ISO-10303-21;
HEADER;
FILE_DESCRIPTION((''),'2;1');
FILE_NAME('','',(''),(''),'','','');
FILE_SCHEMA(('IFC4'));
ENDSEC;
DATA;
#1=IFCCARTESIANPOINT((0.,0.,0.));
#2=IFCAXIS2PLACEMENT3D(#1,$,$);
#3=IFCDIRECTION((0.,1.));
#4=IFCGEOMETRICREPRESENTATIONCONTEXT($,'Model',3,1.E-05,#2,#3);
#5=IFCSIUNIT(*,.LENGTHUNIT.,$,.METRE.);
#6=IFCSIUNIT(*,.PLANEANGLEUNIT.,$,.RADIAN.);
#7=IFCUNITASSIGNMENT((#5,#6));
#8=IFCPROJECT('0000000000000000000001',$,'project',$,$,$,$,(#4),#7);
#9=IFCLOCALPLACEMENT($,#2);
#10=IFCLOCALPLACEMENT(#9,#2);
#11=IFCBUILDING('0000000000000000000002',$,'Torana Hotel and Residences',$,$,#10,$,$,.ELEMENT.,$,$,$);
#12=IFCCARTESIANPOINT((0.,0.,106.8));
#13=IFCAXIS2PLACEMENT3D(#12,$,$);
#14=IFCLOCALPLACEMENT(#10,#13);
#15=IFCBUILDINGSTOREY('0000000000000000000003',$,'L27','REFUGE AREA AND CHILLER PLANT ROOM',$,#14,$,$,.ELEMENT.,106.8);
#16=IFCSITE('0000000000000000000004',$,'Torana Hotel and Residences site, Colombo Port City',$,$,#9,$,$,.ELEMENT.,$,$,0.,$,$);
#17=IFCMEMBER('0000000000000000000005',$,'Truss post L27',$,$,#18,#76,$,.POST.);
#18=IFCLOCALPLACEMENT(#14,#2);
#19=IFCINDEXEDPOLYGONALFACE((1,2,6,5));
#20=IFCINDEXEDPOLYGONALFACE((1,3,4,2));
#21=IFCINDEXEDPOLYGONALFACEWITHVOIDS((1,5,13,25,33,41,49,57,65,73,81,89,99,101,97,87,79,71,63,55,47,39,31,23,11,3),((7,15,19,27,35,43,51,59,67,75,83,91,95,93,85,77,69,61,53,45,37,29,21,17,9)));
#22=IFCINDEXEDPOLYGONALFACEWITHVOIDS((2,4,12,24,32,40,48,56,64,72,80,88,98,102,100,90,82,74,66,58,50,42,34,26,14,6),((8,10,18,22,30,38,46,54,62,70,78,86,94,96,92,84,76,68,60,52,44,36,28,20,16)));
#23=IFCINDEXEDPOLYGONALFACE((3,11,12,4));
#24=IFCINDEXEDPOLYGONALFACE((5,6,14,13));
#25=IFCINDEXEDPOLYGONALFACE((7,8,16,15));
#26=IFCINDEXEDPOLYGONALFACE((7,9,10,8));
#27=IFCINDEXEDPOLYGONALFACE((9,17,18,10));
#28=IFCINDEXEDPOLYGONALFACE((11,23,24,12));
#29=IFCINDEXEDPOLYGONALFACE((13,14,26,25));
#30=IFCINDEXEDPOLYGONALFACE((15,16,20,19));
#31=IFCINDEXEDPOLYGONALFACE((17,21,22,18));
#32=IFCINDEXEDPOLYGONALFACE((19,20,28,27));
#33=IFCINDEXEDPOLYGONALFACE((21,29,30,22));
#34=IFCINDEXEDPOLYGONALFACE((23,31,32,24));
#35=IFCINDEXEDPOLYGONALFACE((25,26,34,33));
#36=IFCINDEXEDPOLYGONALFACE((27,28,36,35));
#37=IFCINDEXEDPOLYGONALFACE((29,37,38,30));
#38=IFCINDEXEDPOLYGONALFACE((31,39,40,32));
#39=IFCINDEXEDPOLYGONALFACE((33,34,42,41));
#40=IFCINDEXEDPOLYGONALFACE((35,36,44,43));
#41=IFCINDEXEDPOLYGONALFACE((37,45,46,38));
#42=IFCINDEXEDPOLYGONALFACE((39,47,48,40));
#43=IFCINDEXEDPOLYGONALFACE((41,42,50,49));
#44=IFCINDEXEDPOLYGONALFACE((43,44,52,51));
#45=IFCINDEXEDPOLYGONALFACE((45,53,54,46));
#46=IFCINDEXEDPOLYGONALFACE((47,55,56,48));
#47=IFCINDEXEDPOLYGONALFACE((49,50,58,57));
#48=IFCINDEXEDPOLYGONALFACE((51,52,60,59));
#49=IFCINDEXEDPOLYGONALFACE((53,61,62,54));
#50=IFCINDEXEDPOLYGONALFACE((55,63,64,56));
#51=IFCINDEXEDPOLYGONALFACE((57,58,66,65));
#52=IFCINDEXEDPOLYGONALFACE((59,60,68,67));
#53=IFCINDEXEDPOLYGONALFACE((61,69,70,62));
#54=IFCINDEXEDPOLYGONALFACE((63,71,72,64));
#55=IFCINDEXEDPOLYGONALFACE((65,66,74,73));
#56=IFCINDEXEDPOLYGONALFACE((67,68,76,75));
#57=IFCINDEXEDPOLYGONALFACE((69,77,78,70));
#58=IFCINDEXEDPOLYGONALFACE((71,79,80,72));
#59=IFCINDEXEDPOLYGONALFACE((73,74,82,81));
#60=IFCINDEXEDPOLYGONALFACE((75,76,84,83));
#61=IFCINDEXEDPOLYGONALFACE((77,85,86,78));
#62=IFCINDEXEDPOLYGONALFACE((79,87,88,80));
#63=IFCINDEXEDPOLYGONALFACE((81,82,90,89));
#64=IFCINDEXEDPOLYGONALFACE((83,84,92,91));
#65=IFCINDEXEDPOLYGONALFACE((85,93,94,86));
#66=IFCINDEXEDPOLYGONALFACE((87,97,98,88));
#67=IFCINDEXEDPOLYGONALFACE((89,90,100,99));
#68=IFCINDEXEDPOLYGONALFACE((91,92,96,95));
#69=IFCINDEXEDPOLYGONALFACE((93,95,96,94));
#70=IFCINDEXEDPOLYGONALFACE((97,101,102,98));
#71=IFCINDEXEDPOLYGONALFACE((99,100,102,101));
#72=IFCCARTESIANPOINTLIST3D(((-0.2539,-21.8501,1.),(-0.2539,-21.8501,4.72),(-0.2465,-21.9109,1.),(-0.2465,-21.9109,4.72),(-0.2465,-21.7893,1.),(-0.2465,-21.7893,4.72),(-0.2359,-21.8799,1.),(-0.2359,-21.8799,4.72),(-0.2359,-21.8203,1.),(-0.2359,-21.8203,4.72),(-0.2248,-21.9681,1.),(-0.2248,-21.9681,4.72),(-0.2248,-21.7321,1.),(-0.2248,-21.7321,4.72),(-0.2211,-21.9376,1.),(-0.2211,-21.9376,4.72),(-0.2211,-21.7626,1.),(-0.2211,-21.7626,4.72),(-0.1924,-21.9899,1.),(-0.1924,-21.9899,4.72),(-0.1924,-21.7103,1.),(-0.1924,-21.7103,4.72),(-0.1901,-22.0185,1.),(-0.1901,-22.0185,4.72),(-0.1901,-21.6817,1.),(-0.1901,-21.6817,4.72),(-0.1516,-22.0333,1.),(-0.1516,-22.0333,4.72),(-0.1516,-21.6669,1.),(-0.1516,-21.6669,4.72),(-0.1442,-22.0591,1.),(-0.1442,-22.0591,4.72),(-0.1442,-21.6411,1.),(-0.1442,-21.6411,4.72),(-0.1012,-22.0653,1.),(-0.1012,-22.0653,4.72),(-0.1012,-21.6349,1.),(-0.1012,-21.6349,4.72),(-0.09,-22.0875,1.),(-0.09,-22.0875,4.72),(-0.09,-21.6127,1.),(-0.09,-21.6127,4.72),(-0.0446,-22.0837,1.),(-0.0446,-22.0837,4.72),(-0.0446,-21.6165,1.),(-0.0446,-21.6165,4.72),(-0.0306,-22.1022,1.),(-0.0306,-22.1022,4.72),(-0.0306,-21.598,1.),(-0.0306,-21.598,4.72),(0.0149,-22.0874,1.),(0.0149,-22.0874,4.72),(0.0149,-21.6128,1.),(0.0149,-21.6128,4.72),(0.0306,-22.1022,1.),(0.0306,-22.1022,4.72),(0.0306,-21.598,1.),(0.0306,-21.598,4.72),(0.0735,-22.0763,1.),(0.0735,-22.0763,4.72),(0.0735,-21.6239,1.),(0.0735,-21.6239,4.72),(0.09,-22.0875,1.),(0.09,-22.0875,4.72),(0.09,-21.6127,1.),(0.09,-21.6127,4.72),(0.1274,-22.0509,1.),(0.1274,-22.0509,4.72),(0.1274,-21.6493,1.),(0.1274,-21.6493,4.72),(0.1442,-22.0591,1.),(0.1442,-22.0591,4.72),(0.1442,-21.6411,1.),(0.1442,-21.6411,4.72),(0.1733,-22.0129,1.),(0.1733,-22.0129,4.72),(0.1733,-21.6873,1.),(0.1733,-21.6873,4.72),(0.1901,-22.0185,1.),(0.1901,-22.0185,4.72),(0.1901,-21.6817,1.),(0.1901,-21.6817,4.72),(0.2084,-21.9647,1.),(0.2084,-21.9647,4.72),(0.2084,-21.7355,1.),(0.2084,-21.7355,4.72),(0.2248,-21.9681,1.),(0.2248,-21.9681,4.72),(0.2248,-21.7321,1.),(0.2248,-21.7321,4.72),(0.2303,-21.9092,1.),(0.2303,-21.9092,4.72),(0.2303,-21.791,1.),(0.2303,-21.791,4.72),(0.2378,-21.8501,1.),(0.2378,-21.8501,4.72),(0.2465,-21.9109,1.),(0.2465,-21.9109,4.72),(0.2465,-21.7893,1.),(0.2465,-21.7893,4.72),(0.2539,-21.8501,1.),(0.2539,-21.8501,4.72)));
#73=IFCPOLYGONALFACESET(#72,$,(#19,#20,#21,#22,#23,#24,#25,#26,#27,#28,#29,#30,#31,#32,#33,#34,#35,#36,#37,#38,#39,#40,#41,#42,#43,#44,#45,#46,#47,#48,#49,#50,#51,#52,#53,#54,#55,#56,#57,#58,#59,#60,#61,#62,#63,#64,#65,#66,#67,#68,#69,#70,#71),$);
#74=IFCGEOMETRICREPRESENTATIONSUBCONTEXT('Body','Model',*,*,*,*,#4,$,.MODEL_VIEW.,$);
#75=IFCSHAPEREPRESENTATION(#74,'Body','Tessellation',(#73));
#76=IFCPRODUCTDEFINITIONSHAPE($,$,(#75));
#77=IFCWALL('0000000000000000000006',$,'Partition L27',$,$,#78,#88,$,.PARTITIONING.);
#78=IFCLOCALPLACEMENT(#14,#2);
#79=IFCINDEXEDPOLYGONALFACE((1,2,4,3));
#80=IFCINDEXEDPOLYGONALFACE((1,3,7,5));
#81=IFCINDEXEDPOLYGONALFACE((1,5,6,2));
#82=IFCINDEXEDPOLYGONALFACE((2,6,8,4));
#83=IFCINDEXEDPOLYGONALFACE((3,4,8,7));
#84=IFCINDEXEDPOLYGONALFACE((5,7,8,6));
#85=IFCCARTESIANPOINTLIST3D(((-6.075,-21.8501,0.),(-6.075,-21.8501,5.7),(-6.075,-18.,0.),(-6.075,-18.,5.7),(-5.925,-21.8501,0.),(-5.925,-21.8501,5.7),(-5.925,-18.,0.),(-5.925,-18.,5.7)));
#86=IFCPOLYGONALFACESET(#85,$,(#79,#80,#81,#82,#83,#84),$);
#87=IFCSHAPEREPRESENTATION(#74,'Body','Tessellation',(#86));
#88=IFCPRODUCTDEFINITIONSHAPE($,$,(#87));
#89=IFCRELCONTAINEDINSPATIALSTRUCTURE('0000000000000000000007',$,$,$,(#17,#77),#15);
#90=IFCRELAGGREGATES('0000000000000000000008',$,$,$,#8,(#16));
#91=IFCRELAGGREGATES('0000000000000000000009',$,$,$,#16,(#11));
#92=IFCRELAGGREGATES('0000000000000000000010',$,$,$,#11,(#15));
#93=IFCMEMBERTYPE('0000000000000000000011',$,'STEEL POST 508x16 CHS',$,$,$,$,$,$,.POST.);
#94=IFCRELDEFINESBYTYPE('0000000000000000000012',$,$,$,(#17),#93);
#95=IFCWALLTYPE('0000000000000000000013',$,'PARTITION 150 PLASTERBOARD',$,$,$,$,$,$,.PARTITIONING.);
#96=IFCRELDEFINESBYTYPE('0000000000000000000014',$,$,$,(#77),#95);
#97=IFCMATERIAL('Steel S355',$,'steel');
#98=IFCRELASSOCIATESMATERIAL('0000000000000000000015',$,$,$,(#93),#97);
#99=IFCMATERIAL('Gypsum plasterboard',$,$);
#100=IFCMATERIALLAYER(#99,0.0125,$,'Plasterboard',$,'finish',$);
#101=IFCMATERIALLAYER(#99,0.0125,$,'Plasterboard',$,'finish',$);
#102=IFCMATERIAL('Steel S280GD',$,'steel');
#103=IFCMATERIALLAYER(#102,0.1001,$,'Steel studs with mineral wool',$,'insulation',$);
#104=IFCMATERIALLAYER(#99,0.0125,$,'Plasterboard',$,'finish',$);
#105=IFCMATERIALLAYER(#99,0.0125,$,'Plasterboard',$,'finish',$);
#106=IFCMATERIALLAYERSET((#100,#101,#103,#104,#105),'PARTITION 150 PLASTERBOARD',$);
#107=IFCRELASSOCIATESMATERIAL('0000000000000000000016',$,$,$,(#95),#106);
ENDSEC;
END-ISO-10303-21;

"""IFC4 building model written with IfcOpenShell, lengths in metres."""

from ifc_helpers import new_model, si_unit, direction, frame, frame_2d, origin, origin_2d, place, context, subcontext, project, spatial, rectangle, hollow_circle, extrude, material, layer, layer_set, material_profile, profile_set, type_object, element, save


model = new_model("IFC4")

# Units and contexts
model_context = context("Model", 3, precision=1e-05, world=origin(), true_north=direction((0.0, 1.0)))
body_context = subcontext(model_context, "Body", "Model", "MODEL_VIEW")
ifc_project = project(units=[si_unit("LENGTHUNIT", "METRE"), si_unit("PLANEANGLEUNIT", "RADIAN")], contexts=[model_context])

# Site, building, storey
site_placement = place(None, origin())
site = spatial("IfcSite", under=ifc_project, at=site_placement, Name="Torana Hotel and Residences site, Colombo Port City", CompositionType="ELEMENT", RefElevation=0.0)
building_placement = place(site_placement, origin())
building = spatial("IfcBuilding", under=site, at=building_placement, Name="Torana Hotel and Residences", CompositionType="ELEMENT")
storey_placement = place(building_placement, frame((0.0, 0.0, 106.8)))
storey = spatial("IfcBuildingStorey", under=building, at=storey_placement, Name="L27", Description="REFUGE AREA AND CHILLER PLANT ROOM", CompositionType="ELEMENT", Elevation=106.8)

# Member
ifc_material_1 = material(Name="Steel S355", Category="steel")
ifc_material_profile_1 = material_profile(ifc_material_1, hollow_circle(Radius=0.2539, WallThickness=0.0161, at=origin_2d()), Name="508x16 CHS")
ifc_profile_set_1 = profile_set([ifc_material_profile_1], Name="Steel S355")
member_type_1 = type_object("IfcMemberType", Name="STEEL POST 508x16 CHS", PredefinedType="POST", material=ifc_profile_set_1)
for number, where, z_axis, x_axis, name in (
    (1, (0.0, -21.8501, 1.0), (0.0, 0.0, 1.0), (1.0, 0.0, 0.0), "Truss post L27"),
):
    element("IfcMember", number, at=place(storey_placement, frame(where, z_axis=z_axis, x_axis=x_axis)), inside=storey, type_object=member_type_1, Name=name, PredefinedType="POST", context=body_context, shape_type="SweptSolid", body=[
        extrude(hollow_circle(Radius=0.2539, WallThickness=0.0161, at=origin_2d()), origin(), (0.0, 0.0, 1.0), 3.72),
    ])

# Wall
ifc_material_2 = material(Name="Gypsum plasterboard")
ifc_layer_1 = layer(ifc_material_2, 0.0125, Name="Plasterboard", Category="finish")
ifc_layer_2 = layer(ifc_material_2, 0.0125, Name="Plasterboard", Category="finish")
ifc_material_3 = material(Name="Steel S280GD", Category="steel")
ifc_layer_3 = layer(ifc_material_3, 0.1001, Name="Steel studs with mineral wool", Category="insulation")
ifc_layer_4 = layer(ifc_material_2, 0.0125, Name="Plasterboard", Category="finish")
ifc_layer_5 = layer(ifc_material_2, 0.0125, Name="Plasterboard", Category="finish")
ifc_layer_set = layer_set([ifc_layer_1, ifc_layer_2, ifc_layer_3, ifc_layer_4, ifc_layer_5], Name="PARTITION 150 PLASTERBOARD")
wall_type = type_object("IfcWallType", Name="PARTITION 150 PLASTERBOARD", PredefinedType="PARTITIONING", material=ifc_layer_set)
wall_placement = place(storey_placement, frame((-6.0, -21.8501, 0.0), z_axis=(0.0, 0.0, 1.0), x_axis=(0.0, 1.0, 0.0)))
element("IfcWall", 2, at=wall_placement, inside=storey, type_object=wall_type, Name="Partition L27", PredefinedType="PARTITIONING", context=body_context, shape_type="SweptSolid", body=[
    extrude(rectangle(XDim=3.8501, YDim=0.1499, at=frame_2d((1.925, 0.0))), origin(), (0.0, 0.0, 1.0), 5.7),
])

save(model, "model.ifc")
